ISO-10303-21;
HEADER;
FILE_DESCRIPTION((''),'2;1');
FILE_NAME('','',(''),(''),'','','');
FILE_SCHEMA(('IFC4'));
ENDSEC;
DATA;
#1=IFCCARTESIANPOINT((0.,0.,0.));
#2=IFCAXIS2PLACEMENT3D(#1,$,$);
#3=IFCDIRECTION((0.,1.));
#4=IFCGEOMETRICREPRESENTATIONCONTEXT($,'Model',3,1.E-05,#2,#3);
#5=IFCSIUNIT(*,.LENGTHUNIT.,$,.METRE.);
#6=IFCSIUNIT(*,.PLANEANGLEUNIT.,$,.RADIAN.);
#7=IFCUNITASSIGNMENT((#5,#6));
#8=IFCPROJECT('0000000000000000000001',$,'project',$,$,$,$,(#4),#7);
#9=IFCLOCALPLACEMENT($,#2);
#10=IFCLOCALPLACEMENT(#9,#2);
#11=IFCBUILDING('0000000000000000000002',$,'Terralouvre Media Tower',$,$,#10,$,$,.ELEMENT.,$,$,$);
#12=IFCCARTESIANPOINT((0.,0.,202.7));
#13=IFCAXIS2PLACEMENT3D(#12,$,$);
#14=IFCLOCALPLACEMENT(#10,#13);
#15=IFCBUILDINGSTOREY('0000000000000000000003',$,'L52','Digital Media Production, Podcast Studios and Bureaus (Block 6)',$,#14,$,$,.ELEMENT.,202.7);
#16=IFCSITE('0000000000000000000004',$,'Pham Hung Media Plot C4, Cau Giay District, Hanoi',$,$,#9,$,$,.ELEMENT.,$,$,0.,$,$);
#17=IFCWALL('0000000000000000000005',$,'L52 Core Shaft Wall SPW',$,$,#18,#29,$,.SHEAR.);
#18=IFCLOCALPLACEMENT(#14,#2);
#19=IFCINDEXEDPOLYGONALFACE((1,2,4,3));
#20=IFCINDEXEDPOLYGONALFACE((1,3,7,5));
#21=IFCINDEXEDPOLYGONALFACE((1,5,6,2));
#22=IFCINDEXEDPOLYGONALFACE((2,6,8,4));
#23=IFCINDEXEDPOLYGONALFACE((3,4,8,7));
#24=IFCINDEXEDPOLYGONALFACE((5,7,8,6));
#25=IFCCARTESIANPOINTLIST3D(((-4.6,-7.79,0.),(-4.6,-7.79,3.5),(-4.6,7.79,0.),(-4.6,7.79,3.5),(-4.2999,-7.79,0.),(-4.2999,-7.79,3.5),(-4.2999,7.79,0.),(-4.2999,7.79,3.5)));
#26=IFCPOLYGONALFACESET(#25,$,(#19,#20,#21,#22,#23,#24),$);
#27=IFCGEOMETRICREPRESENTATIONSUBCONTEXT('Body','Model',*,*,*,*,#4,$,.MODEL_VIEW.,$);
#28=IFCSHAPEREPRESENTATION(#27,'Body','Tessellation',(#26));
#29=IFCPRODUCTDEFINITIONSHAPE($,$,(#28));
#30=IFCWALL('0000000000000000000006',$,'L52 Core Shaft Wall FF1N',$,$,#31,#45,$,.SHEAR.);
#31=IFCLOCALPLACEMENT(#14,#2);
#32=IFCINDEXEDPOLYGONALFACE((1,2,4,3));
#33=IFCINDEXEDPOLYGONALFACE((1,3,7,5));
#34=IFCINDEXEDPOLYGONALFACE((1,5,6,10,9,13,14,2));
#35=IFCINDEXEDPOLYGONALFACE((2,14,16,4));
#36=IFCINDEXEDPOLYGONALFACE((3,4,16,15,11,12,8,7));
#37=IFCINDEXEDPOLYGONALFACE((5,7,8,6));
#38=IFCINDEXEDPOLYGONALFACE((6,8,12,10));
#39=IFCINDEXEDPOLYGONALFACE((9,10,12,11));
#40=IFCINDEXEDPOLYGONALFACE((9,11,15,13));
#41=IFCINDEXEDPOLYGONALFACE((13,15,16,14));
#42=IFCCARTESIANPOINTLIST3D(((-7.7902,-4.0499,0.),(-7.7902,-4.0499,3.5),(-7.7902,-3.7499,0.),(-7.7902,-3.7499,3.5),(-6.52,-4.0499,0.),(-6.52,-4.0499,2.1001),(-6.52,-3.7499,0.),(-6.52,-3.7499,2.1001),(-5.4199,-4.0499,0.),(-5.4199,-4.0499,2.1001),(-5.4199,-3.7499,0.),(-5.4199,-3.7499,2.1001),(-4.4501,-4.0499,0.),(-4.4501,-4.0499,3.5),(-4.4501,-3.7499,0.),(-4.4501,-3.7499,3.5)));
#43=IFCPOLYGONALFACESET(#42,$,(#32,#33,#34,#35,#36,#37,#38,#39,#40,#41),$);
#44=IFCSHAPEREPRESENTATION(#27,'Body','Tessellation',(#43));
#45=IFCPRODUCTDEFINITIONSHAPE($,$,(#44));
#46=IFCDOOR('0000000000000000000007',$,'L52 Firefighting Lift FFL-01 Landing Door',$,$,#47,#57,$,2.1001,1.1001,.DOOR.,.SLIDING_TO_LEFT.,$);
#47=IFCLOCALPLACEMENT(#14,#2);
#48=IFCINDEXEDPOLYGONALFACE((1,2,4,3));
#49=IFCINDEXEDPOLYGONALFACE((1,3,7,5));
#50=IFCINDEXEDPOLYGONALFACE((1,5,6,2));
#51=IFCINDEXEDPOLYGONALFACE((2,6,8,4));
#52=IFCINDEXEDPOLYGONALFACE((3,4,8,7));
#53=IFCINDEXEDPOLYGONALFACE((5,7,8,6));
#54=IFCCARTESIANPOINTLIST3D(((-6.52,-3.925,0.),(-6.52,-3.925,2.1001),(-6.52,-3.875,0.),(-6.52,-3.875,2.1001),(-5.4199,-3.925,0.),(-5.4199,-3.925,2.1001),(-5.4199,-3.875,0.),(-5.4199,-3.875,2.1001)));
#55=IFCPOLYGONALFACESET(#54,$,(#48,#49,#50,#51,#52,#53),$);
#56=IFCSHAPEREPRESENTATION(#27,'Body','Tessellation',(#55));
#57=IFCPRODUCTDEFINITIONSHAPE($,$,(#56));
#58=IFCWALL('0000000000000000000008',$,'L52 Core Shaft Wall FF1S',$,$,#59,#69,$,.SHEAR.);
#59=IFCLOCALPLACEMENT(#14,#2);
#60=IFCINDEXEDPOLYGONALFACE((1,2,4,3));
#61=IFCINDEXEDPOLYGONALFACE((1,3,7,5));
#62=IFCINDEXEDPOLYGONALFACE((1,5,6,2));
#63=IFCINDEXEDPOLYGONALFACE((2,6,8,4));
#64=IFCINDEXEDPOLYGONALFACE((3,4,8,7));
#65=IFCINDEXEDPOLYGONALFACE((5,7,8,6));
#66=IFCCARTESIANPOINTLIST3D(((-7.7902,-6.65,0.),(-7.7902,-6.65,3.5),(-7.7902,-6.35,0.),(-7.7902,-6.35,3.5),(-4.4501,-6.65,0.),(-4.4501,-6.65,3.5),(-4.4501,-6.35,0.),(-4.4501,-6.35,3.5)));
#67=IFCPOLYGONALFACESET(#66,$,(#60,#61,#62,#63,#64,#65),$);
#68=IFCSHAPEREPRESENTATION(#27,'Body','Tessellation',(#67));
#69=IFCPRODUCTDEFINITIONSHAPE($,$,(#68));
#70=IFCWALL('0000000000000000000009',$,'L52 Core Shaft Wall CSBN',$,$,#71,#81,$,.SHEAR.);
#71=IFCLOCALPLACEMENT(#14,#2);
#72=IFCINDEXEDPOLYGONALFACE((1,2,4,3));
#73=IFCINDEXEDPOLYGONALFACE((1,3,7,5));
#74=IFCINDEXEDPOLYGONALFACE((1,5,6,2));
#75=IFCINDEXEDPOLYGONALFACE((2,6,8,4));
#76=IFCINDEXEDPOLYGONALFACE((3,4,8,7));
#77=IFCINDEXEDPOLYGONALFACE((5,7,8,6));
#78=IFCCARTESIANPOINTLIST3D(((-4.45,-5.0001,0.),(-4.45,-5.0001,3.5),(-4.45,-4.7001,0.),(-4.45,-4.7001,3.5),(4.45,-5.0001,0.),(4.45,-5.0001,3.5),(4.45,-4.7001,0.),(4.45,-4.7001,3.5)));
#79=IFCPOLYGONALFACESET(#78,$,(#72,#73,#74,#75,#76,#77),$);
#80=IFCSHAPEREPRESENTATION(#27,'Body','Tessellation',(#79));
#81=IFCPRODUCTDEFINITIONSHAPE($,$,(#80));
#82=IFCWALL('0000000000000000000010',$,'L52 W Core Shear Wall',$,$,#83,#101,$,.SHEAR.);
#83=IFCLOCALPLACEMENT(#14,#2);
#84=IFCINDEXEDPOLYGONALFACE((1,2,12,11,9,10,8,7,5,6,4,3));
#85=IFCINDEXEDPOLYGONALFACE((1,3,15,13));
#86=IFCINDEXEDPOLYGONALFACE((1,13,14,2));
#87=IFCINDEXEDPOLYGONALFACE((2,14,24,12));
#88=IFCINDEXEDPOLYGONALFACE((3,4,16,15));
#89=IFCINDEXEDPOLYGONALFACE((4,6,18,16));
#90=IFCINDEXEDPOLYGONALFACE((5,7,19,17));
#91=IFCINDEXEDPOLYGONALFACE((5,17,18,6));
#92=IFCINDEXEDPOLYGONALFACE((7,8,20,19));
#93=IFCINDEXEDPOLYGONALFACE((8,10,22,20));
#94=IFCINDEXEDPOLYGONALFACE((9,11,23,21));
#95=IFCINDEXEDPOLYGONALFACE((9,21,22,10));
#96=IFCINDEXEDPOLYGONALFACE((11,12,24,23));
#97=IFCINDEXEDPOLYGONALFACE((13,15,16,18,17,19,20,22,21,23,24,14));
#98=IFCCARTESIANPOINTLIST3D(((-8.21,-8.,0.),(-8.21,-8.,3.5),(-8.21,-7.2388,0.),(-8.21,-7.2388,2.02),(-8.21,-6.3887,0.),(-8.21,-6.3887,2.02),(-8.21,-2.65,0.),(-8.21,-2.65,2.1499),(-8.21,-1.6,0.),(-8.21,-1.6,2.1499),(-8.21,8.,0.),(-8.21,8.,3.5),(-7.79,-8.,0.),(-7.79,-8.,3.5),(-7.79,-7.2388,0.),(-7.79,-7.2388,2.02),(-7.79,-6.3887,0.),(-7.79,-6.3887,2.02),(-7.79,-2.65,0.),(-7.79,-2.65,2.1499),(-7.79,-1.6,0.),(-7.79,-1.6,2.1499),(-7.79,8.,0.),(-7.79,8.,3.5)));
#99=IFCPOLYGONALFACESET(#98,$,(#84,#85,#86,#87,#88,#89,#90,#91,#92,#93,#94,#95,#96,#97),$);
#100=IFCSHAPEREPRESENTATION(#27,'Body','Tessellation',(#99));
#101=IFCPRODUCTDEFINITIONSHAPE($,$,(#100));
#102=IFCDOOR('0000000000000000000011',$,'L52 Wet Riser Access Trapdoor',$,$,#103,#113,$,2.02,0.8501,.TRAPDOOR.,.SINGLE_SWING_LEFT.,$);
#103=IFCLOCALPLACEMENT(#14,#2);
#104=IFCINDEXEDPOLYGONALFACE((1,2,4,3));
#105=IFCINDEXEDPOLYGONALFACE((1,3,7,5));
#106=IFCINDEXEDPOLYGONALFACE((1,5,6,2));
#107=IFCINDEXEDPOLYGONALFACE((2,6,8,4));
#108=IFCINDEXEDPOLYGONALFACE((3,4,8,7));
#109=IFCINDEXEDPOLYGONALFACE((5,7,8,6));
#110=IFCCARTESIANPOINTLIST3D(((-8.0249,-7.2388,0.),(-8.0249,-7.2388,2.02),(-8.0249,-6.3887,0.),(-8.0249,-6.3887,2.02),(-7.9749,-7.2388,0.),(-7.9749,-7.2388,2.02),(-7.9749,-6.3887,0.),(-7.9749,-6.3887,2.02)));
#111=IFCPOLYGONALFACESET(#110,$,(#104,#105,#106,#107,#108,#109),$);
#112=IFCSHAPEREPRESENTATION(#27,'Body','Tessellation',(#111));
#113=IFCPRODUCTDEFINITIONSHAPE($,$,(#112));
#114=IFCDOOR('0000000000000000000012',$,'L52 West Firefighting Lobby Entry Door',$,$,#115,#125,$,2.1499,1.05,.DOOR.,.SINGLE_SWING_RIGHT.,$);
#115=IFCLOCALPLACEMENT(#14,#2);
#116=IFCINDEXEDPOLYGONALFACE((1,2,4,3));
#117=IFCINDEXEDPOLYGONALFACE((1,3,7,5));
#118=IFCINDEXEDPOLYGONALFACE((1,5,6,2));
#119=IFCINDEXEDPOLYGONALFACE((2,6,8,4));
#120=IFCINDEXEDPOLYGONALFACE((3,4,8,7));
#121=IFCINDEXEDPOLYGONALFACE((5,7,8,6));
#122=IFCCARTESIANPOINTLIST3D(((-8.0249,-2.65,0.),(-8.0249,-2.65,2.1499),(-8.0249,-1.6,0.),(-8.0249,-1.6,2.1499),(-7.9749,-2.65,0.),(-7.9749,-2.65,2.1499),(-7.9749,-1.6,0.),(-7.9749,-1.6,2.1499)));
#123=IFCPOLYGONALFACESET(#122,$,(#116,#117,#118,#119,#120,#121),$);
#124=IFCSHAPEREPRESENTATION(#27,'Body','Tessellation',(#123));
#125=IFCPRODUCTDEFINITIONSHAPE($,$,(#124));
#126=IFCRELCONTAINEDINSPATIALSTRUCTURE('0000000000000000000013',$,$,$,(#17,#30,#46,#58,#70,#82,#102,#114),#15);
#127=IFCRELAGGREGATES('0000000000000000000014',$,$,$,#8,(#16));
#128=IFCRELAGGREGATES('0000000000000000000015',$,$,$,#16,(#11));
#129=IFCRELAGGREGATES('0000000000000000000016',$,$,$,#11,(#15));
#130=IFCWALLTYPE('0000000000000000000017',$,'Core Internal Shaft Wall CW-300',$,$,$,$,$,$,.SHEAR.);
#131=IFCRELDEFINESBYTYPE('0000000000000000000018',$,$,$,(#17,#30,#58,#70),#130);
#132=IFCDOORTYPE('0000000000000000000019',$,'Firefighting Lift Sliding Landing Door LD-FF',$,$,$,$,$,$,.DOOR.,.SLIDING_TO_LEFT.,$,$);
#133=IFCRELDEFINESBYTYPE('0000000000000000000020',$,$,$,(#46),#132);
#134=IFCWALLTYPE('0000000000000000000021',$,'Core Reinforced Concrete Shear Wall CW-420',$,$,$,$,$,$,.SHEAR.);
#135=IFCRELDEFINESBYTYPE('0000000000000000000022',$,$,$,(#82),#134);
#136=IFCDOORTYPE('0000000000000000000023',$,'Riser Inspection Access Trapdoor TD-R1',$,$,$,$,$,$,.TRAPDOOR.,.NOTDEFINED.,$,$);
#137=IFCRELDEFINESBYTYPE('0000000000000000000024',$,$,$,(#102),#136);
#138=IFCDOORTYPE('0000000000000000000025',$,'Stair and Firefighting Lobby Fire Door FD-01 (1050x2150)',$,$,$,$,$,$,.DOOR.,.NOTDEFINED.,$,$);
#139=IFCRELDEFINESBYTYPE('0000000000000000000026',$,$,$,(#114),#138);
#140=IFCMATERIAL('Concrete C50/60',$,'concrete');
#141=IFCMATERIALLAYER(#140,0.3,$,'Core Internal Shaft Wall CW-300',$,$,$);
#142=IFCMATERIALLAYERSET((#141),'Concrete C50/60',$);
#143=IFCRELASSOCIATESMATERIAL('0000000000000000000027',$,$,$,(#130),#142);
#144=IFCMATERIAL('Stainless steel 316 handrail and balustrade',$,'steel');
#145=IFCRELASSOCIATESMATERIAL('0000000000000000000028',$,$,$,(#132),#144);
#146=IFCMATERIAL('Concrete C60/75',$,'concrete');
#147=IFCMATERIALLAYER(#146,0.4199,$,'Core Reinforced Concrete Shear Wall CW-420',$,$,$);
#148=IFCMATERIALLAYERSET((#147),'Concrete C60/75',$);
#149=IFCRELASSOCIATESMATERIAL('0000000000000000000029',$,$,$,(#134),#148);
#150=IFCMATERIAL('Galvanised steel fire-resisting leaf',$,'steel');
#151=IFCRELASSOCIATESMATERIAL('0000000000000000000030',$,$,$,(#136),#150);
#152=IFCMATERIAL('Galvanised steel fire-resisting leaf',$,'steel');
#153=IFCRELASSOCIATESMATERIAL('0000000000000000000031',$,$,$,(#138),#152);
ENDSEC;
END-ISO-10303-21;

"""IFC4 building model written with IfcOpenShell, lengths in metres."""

from ifc_helpers import new_model, si_unit, direction, frame, frame_2d, origin, place, context, subcontext, project, spatial, rectangle, extrude, material, layer, layer_set, type_object, element, fill, save


model = new_model("IFC4")

# Units and contexts
model_context = context("Model", 3, precision=1e-05, world=origin(), true_north=direction((0.0, 1.0)))
body_context = subcontext(model_context, "Body", "Model", "MODEL_VIEW")
ifc_project = project(units=[si_unit("LENGTHUNIT", "METRE"), si_unit("PLANEANGLEUNIT", "RADIAN")], contexts=[model_context])

# Site, building, storey
site_placement = place(None, origin())
site = spatial("IfcSite", under=ifc_project, at=site_placement, Name="Pham Hung Media Plot C4, Cau Giay District, Hanoi", CompositionType="ELEMENT", RefElevation=0.0)
building_placement = place(site_placement, origin())
building = spatial("IfcBuilding", under=site, at=building_placement, Name="Terralouvre Media Tower", CompositionType="ELEMENT")
storey_placement = place(building_placement, frame((0.0, 0.0, 202.7)))
storey = spatial("IfcBuildingStorey", under=building, at=storey_placement, Name="L52", Description="Digital Media Production, Podcast Studios and Bureaus (Block 6)", CompositionType="ELEMENT", Elevation=202.7)

# Wall
ifc_material_1 = material(Name="Concrete C50/60", Category="concrete")
ifc_layer_1 = layer(ifc_material_1, 0.3, Name="Core Internal Shaft Wall CW-300")
ifc_layer_set_1 = layer_set([ifc_layer_1], Name="Concrete C50/60")
wall_type_1 = type_object("IfcWallType", Name="Core Internal Shaft Wall CW-300", PredefinedType="SHEAR", material=ifc_layer_set_1)
wall_1_placement = place(storey_placement, frame((-4.45, -7.79, 0.0), z_axis=(0.0, 0.0, 1.0), x_axis=(0.0, 1.0, 0.0)))
element("IfcWall", 1, at=wall_1_placement, inside=storey, type_object=wall_type_1, Name="L52 Core Shaft Wall SPW", PredefinedType="SHEAR", context=body_context, shape_type="SweptSolid", body=[
    extrude(rectangle(XDim=15.5801, YDim=0.3, at=frame_2d((7.79, 0.0))), origin(), (0.0, 0.0, 1.0), 3.5),
])

# Wall, opening, door
wall_2_placement = place(storey_placement, frame((-7.79, -3.8999, 0.0), z_axis=(0.0, 0.0, 1.0), x_axis=(1.0, 0.0, 0.0)))
wall_2 = element("IfcWall", 2, at=wall_2_placement, inside=storey, type_object=wall_type_1, Name="L52 Core Shaft Wall FF1N", PredefinedType="SHEAR", context=body_context, shape_type="SweptSolid", body=[
    extrude(rectangle(XDim=3.3401, YDim=0.3, at=frame_2d((1.6699, 0.0))), origin(), (0.0, 0.0, 1.0), 3.5),
])
opening_1_placement = place(wall_2_placement, frame((1.27, 0.0, 0.0)))
opening_1 = element("IfcOpeningElement", 3, at=opening_1_placement, cuts=wall_2, PredefinedType="OPENING", context=body_context, shape_type="SweptSolid", body=[
    extrude(rectangle(XDim=1.1001, YDim=2.1001, at=frame_2d((0.55, 1.05))), frame((0.0, 0.1599, 0.0), z_axis=(0.0, -1.0, 0.0), x_axis=(1.0, 0.0, 0.0)), (0.0, 0.0, 1.0), 0.3201),
])
ifc_material_2 = material(Name="Stainless steel 316 handrail and balustrade", Category="steel")
door_type_1 = type_object("IfcDoorType", Name="Firefighting Lift Sliding Landing Door LD-FF", OperationType="SLIDING_TO_LEFT", PredefinedType="DOOR", material=ifc_material_2)
door_1_placement = place(opening_1_placement, origin())
door_1 = element("IfcDoor", 4, at=door_1_placement, inside=storey, type_object=door_type_1, Name="L52 Firefighting Lift FFL-01 Landing Door", OperationType="SLIDING_TO_LEFT", OverallHeight=2.1001, OverallWidth=1.1001, PredefinedType="DOOR", context=body_context, shape_type="SweptSolid", body=[
    extrude(rectangle(XDim=1.1001, YDim=2.1001, at=frame_2d((0.55, 1.05))), frame((0.0, 0.0249, 0.0), z_axis=(0.0, -1.0, 0.0), x_axis=(1.0, 0.0, 0.0)), (0.0, 0.0, 1.0), 0.05),
])
fill(opening_1, door_1)

# Walls
wall_3_placement = place(storey_placement, frame((-7.79, -6.5, 0.0), z_axis=(0.0, 0.0, 1.0), x_axis=(1.0, 0.0, 0.0)))
element("IfcWall", 5, at=wall_3_placement, inside=storey, type_object=wall_type_1, Name="L52 Core Shaft Wall FF1S", PredefinedType="SHEAR", context=body_context, shape_type="SweptSolid", body=[
    extrude(rectangle(XDim=3.3401, YDim=0.3, at=frame_2d((1.6699, 0.0))), origin(), (0.0, 0.0, 1.0), 3.5),
])
wall_4_placement = place(storey_placement, frame((-4.45, -4.8501, 0.0), z_axis=(0.0, 0.0, 1.0), x_axis=(1.0, 0.0, 0.0)))
element("IfcWall", 6, at=wall_4_placement, inside=storey, type_object=wall_type_1, Name="L52 Core Shaft Wall CSBN", PredefinedType="SHEAR", context=body_context, shape_type="SweptSolid", body=[
    extrude(rectangle(XDim=8.8999, YDim=0.3, at=frame_2d((4.45, 0.0))), origin(), (0.0, 0.0, 1.0), 3.5),
])

# Wall, openings, doors
ifc_material_3 = material(Name="Concrete C60/75", Category="concrete")
ifc_layer_2 = layer(ifc_material_3, 0.4199, Name="Core Reinforced Concrete Shear Wall CW-420")
ifc_layer_set_2 = layer_set([ifc_layer_2], Name="Concrete C60/75")
wall_type_2 = type_object("IfcWallType", Name="Core Reinforced Concrete Shear Wall CW-420", PredefinedType="SHEAR", material=ifc_layer_set_2)
wall_5_placement = place(storey_placement, frame((-8.0, -8.0, 0.0), z_axis=(0.0, 0.0, 1.0), x_axis=(0.0, 1.0, 0.0)))
wall_5 = element("IfcWall", 7, at=wall_5_placement, inside=storey, type_object=wall_type_2, Name="L52 W Core Shear Wall", PredefinedType="SHEAR", context=body_context, shape_type="SweptSolid", body=[
    extrude(rectangle(XDim=16.0, YDim=0.4199, at=frame_2d((8.0, 0.0))), origin(), (0.0, 0.0, 1.0), 3.5),
])
opening_2_placement = place(wall_5_placement, frame((0.7612, 0.0, 0.0)))
opening_2 = element("IfcOpeningElement", 8, at=opening_2_placement, cuts=wall_5, PredefinedType="OPENING", context=body_context, shape_type="SweptSolid", body=[
    extrude(rectangle(XDim=0.8501, YDim=2.02, at=frame_2d((0.425, 1.01))), frame((0.0, 0.22, 0.0), z_axis=(0.0, -1.0, 0.0), x_axis=(1.0, 0.0, 0.0)), (0.0, 0.0, 1.0), 0.4399),
])
opening_3_placement = place(wall_5_placement, frame((5.3501, 0.0, 0.0)))
opening_3 = element("IfcOpeningElement", 9, at=opening_3_placement, cuts=wall_5, PredefinedType="OPENING", context=body_context, shape_type="SweptSolid", body=[
    extrude(rectangle(XDim=1.05, YDim=2.1499, at=frame_2d((0.5249, 1.075))), frame((0.0, 0.22, 0.0), z_axis=(0.0, -1.0, 0.0), x_axis=(1.0, 0.0, 0.0)), (0.0, 0.0, 1.0), 0.4399),
])
ifc_material_4 = material(Name="Galvanised steel fire-resisting leaf", Category="steel")
door_type_2 = type_object("IfcDoorType", Name="Riser Inspection Access Trapdoor TD-R1", OperationType="NOTDEFINED", PredefinedType="TRAPDOOR", material=ifc_material_4)
door_2_placement = place(opening_2_placement, origin())
door_2 = element("IfcDoor", 10, at=door_2_placement, inside=storey, type_object=door_type_2, Name="L52 Wet Riser Access Trapdoor", OperationType="SINGLE_SWING_LEFT", OverallHeight=2.02, OverallWidth=0.8501, PredefinedType="TRAPDOOR", context=body_context, shape_type="SweptSolid", body=[
    extrude(rectangle(XDim=0.8501, YDim=2.02, at=frame_2d((0.425, 1.01))), frame((0.0, 0.0249, 0.0), z_axis=(0.0, -1.0, 0.0), x_axis=(1.0, 0.0, 0.0)), (0.0, 0.0, 1.0), 0.05),
])
fill(opening_2, door_2)
ifc_material_5 = material(Name="Galvanised steel fire-resisting leaf", Category="steel")
door_type_3 = type_object("IfcDoorType", Name="Stair and Firefighting Lobby Fire Door FD-01 (1050x2150)", OperationType="NOTDEFINED", PredefinedType="DOOR", material=ifc_material_5)
door_3_placement = place(opening_3_placement, origin())
door_3 = element("IfcDoor", 11, at=door_3_placement, inside=storey, type_object=door_type_3, Name="L52 West Firefighting Lobby Entry Door", OperationType="SINGLE_SWING_RIGHT", OverallHeight=2.1499, OverallWidth=1.05, PredefinedType="DOOR", context=body_context, shape_type="SweptSolid", body=[
    extrude(rectangle(XDim=1.05, YDim=2.1499, at=frame_2d((0.5249, 1.075))), frame((0.0, 0.0249, 0.0), z_axis=(0.0, -1.0, 0.0), x_axis=(1.0, 0.0, 0.0)), (0.0, 0.0, 1.0), 0.05),
])
fill(opening_3, door_3)

save(model, "model.ifc")
